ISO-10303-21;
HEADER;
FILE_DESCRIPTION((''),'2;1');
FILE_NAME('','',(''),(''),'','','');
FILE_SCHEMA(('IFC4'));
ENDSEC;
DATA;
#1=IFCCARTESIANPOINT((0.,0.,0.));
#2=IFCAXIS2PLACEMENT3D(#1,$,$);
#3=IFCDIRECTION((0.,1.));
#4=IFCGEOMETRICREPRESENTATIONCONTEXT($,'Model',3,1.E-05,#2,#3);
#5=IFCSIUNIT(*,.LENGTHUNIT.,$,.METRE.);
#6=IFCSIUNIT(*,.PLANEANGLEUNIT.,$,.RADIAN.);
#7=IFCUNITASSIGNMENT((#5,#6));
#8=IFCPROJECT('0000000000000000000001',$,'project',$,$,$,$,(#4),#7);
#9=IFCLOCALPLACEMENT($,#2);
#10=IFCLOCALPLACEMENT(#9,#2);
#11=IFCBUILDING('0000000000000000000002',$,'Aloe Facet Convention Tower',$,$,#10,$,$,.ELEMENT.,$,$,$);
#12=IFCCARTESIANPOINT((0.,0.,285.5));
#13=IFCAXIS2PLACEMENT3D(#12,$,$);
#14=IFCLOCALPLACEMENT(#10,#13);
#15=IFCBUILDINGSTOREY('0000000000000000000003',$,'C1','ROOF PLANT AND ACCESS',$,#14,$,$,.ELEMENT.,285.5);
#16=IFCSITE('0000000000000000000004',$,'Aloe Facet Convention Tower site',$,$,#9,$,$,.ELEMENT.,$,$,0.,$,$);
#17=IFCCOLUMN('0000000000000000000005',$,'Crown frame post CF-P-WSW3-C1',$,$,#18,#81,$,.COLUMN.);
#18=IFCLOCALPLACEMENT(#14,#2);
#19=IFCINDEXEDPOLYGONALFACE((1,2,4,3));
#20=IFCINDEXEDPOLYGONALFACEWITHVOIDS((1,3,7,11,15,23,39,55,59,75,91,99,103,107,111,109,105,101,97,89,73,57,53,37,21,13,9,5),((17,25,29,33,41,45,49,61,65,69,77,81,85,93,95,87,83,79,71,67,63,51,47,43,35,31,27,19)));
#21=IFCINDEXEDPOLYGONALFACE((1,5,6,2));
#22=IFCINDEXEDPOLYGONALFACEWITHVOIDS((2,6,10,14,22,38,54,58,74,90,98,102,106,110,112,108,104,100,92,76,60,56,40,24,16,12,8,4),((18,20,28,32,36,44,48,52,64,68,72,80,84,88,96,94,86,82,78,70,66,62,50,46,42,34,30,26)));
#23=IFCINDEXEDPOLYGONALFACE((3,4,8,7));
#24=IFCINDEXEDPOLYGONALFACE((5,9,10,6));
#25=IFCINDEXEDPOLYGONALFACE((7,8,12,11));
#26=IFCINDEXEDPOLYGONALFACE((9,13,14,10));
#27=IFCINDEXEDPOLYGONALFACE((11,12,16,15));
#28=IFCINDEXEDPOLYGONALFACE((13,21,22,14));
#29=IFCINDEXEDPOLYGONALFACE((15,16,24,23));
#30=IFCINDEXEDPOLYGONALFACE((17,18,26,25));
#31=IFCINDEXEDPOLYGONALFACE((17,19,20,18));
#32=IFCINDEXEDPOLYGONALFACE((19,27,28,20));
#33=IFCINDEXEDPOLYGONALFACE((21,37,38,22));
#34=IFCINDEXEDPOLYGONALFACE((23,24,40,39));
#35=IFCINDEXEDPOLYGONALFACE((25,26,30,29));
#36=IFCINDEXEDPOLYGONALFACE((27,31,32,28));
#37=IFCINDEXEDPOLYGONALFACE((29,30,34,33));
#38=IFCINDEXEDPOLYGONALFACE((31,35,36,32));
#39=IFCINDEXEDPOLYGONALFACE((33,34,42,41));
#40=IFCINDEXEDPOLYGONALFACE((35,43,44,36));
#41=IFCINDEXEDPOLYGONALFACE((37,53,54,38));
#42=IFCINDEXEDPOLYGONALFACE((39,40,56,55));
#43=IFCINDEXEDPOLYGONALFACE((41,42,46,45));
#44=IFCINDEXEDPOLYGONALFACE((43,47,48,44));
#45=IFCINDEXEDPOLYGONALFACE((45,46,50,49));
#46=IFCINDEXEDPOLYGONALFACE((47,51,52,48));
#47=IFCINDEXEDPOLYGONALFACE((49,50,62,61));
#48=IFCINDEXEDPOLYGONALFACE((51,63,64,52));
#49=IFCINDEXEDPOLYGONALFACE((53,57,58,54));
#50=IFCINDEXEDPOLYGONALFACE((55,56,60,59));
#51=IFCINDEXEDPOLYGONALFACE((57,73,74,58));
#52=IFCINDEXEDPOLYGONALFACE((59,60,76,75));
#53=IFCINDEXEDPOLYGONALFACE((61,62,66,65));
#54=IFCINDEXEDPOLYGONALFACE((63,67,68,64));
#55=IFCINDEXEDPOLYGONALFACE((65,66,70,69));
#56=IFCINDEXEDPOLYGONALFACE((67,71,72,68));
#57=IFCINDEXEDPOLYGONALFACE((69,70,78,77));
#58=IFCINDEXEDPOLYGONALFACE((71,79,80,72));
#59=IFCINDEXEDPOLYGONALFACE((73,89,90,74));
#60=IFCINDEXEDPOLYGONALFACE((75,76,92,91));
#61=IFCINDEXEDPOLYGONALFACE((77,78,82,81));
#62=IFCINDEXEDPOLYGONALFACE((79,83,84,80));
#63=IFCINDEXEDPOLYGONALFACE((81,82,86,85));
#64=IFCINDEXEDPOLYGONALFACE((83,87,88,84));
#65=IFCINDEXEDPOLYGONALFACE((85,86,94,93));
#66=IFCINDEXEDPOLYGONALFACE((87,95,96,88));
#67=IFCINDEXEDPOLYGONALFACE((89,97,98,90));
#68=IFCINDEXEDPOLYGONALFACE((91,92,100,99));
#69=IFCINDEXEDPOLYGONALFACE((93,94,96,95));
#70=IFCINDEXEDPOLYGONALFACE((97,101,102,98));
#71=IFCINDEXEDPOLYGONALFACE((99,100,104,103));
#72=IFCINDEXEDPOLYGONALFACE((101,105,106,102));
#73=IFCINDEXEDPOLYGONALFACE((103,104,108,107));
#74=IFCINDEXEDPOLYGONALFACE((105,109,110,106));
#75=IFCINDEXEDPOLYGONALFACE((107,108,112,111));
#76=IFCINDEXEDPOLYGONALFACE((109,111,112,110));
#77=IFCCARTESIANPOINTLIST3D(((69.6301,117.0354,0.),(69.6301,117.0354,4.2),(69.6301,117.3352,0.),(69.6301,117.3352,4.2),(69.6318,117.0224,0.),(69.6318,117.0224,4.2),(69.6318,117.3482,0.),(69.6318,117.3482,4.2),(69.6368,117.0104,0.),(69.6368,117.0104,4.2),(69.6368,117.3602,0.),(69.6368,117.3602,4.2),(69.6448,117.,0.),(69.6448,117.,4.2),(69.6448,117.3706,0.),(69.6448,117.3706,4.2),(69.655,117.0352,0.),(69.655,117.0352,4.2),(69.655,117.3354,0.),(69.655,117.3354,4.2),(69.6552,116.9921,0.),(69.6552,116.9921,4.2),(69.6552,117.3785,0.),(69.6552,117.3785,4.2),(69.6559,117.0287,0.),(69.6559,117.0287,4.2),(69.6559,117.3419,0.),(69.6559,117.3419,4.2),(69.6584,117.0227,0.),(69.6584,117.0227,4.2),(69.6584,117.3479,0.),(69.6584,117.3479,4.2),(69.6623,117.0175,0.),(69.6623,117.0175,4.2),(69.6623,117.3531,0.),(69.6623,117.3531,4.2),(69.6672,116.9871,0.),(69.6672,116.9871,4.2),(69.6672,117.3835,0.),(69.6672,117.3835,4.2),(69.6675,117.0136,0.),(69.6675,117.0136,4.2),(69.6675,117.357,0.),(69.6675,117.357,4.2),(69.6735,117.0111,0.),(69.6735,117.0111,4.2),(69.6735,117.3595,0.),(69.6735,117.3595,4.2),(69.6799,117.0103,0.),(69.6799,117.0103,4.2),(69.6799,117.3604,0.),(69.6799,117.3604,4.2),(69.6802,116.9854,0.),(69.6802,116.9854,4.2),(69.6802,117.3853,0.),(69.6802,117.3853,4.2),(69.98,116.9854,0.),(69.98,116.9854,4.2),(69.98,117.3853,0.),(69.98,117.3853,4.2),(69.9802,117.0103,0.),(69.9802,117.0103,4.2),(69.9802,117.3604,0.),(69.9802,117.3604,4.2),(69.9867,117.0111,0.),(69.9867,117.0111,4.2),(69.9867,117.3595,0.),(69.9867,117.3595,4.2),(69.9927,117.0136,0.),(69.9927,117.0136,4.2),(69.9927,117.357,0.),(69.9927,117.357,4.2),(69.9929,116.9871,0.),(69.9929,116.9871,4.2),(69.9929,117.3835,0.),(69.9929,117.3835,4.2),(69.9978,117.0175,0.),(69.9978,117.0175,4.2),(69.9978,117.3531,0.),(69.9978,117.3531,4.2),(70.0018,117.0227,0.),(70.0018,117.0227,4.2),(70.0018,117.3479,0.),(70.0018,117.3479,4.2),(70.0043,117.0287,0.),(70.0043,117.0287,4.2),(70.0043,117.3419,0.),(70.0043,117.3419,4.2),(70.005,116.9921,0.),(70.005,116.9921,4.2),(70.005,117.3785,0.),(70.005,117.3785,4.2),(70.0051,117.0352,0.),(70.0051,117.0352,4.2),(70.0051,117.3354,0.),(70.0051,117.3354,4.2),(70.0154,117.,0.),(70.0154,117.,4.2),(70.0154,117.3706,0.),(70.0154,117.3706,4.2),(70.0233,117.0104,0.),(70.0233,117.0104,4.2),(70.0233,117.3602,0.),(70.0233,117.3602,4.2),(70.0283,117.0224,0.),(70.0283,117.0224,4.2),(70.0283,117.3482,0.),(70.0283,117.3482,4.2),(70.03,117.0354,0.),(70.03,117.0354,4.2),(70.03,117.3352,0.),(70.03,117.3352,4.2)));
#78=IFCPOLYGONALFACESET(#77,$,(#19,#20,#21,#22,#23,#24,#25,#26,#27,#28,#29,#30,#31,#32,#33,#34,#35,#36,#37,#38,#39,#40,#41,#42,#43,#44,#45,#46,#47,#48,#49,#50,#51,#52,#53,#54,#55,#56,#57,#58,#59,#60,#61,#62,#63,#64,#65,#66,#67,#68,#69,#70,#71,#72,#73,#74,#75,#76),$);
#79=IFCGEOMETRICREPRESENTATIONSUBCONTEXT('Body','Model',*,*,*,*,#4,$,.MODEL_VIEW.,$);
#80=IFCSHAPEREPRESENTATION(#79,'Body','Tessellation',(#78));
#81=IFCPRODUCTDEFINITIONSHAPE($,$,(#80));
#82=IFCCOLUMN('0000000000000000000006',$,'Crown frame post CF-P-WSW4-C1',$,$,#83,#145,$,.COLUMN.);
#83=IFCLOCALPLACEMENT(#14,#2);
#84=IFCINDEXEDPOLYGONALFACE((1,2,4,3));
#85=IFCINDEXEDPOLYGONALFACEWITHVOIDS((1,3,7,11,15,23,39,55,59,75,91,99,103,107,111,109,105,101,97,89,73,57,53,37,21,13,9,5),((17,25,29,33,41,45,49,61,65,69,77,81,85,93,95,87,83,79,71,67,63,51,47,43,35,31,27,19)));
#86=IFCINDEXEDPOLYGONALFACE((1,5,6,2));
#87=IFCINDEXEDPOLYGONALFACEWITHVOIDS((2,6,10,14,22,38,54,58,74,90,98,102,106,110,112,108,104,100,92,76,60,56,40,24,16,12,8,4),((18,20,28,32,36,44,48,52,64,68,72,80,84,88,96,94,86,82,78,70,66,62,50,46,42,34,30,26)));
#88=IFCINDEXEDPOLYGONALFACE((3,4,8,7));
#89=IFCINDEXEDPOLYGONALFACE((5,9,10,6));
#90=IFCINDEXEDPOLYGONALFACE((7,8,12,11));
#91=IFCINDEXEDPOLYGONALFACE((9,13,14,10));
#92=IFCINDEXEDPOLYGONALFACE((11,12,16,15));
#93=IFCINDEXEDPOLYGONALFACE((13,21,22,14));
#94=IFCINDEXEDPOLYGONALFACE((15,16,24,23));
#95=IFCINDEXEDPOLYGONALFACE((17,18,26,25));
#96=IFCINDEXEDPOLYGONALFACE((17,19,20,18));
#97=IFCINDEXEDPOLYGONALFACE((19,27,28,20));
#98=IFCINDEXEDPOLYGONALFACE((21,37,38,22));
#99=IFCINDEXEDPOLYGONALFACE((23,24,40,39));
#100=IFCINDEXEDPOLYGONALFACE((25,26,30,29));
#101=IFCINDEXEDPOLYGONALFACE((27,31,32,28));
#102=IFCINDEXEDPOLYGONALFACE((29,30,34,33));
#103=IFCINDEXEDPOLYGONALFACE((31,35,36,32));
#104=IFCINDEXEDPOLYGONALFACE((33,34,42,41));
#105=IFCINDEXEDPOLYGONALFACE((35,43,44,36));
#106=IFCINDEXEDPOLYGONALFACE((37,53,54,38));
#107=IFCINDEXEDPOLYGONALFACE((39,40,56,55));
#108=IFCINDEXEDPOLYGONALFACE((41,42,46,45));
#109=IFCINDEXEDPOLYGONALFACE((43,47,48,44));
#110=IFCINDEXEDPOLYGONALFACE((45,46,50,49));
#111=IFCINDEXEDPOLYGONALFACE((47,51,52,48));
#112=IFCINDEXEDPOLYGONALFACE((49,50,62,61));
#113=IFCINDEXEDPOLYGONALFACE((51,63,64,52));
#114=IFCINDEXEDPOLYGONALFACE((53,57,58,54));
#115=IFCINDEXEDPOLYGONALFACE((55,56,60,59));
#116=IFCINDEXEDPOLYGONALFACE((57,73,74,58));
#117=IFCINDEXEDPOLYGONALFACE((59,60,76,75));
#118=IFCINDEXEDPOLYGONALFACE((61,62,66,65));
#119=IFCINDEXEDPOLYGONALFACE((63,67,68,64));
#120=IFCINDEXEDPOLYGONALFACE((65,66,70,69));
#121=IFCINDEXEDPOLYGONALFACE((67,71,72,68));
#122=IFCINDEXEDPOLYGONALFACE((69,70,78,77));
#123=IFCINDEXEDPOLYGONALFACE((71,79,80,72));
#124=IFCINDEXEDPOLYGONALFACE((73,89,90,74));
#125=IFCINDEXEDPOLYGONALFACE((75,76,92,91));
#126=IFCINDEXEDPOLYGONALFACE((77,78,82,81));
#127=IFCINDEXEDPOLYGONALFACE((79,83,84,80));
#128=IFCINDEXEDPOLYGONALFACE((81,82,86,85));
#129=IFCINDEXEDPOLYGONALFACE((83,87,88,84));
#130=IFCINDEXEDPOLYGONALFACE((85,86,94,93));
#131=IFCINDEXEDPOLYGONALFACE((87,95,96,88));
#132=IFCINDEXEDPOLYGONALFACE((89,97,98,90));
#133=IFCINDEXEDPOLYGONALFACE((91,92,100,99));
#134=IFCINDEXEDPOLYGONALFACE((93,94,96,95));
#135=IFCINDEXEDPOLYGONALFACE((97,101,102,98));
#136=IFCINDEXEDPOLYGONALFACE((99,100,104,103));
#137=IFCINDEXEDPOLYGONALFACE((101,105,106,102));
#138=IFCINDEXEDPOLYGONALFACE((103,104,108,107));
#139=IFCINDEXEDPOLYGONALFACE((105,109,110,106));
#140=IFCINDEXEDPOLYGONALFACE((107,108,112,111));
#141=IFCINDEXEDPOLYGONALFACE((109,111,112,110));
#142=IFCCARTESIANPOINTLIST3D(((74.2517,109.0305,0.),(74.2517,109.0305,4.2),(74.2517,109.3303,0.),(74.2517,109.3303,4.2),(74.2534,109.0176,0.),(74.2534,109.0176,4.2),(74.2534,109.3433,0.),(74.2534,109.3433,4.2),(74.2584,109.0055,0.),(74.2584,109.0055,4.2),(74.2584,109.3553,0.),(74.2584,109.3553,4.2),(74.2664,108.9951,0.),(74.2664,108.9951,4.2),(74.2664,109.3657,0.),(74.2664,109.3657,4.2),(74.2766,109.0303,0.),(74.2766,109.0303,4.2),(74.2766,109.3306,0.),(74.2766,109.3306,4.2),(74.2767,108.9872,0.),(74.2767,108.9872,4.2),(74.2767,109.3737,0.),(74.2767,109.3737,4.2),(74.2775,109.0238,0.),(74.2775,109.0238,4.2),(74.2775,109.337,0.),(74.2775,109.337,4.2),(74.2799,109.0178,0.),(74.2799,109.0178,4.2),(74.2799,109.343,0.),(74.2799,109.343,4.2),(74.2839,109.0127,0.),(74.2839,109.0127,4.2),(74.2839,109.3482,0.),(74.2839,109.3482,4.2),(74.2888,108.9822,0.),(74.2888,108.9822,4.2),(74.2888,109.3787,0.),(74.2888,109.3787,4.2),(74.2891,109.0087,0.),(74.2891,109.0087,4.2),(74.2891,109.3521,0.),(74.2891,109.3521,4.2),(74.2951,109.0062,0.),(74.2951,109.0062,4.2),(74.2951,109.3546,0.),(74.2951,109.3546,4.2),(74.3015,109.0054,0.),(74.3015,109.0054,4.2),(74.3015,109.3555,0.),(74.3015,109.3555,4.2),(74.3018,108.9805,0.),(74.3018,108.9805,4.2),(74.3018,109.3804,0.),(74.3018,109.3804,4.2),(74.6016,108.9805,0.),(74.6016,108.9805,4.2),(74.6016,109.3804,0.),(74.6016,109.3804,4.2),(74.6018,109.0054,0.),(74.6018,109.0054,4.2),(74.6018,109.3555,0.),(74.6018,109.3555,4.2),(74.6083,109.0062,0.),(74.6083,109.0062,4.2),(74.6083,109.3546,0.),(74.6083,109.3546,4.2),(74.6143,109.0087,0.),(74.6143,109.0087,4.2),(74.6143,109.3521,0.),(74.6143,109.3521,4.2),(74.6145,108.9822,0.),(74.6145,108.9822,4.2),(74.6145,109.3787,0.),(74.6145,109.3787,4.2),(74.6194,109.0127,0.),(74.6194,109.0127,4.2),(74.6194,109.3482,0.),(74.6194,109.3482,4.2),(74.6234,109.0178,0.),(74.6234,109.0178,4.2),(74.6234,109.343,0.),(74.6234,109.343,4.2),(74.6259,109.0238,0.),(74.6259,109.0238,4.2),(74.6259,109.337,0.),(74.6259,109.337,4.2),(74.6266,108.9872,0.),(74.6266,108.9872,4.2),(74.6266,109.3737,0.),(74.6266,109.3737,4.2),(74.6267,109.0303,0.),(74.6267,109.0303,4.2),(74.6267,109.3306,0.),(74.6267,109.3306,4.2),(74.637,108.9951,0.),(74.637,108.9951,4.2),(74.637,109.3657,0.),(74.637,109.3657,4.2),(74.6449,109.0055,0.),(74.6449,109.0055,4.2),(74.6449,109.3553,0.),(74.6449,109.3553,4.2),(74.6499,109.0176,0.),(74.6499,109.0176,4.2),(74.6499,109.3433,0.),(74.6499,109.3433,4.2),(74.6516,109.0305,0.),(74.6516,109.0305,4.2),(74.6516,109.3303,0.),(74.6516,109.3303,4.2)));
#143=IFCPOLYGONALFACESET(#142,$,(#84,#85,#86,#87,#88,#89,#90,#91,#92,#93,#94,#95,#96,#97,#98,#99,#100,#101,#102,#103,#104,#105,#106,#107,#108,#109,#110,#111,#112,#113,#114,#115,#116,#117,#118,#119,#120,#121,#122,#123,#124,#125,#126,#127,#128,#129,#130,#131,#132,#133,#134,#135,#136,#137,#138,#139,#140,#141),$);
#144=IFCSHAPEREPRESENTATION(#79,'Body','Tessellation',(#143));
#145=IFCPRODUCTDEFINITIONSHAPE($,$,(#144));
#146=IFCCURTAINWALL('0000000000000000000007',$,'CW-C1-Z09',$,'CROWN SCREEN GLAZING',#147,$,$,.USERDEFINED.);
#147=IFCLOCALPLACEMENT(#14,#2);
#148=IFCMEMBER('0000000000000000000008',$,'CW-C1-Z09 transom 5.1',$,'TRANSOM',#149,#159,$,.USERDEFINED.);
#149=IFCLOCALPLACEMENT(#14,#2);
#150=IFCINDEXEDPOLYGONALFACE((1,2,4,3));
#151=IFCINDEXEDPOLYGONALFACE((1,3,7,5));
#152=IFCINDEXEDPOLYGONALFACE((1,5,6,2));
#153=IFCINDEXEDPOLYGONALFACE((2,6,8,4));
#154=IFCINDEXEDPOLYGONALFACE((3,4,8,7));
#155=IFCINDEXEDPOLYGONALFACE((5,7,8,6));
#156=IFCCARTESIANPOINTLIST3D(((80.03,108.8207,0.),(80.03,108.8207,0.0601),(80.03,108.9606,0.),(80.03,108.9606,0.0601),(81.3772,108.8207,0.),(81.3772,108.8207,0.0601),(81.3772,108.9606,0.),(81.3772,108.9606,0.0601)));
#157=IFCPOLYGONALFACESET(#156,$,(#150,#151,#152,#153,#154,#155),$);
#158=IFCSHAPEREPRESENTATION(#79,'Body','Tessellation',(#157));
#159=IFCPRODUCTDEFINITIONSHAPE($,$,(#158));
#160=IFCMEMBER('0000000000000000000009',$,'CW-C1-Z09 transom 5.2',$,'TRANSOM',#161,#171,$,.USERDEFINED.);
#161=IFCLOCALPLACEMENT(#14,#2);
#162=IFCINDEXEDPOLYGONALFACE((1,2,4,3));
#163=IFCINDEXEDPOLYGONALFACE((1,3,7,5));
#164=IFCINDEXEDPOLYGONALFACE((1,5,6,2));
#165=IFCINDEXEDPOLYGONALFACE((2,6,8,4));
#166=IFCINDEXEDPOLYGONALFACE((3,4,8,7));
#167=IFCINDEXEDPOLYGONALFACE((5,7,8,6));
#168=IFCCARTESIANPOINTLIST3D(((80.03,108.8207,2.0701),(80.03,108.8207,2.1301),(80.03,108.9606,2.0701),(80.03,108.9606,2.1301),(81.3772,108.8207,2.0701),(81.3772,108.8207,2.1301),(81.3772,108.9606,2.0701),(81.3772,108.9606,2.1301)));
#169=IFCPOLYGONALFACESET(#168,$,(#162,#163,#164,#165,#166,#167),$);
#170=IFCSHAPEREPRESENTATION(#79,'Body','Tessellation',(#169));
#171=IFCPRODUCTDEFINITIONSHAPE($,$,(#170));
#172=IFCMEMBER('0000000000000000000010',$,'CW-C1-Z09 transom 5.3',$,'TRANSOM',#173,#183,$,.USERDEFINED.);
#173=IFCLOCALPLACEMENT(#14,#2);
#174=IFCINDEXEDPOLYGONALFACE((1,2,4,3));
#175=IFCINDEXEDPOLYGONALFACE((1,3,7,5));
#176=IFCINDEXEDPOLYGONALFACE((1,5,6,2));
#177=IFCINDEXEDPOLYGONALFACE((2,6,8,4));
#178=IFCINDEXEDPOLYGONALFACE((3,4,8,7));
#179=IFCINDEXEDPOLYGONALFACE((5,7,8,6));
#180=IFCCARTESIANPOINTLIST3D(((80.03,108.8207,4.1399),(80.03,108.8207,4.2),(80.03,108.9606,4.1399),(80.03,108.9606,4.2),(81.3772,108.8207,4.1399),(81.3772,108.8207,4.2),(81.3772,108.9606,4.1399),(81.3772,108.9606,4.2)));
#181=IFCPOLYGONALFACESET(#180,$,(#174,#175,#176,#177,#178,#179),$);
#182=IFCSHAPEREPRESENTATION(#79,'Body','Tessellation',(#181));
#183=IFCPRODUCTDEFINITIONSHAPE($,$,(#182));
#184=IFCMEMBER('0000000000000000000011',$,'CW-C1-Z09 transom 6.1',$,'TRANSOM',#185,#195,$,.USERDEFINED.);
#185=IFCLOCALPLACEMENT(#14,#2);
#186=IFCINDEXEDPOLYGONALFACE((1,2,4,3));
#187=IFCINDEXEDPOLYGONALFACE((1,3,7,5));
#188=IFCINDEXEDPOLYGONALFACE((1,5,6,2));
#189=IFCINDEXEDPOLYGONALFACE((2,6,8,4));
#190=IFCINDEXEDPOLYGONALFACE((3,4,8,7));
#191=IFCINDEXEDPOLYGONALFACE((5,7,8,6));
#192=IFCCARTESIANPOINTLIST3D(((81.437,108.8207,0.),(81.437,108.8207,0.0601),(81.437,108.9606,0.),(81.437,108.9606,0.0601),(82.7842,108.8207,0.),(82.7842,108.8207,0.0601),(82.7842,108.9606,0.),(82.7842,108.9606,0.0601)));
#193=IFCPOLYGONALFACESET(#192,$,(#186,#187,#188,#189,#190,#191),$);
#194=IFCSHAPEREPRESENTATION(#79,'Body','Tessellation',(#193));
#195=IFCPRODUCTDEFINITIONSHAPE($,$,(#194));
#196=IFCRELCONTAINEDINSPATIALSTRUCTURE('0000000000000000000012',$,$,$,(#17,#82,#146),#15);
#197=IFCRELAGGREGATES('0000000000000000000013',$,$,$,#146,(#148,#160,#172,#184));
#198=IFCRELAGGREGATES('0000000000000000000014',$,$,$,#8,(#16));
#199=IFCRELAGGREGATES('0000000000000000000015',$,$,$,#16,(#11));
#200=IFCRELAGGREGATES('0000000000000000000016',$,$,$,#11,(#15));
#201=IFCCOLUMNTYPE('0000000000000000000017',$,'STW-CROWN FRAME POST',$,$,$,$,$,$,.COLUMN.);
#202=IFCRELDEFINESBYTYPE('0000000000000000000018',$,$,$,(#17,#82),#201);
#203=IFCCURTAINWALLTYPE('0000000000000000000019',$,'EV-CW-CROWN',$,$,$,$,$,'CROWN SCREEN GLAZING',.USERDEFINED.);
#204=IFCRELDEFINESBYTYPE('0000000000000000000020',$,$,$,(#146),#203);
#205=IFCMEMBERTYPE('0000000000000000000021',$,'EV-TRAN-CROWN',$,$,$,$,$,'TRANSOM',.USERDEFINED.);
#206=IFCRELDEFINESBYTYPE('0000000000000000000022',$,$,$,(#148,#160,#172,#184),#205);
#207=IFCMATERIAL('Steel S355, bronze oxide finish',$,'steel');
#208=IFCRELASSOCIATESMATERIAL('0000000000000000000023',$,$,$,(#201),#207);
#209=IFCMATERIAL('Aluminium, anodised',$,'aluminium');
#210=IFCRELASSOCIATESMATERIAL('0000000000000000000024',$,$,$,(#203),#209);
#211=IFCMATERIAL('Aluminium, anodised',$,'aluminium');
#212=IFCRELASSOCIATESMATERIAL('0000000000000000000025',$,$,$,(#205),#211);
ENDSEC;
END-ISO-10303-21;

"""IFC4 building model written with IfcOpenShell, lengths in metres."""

from ifc_helpers import new_model, si_unit, direction, frame, origin, origin_2d, place, context, subcontext, project, spatial, rectangle, hollow_rectangle, extrude, material, material_profile, profile_set, type_object, element, aggregate, save


model = new_model("IFC4")

# Units and contexts
model_context = context("Model", 3, precision=1e-05, world=origin(), true_north=direction((0.0, 1.0)))
body_context = subcontext(model_context, "Body", "Model", "MODEL_VIEW")
ifc_project = project(units=[si_unit("LENGTHUNIT", "METRE"), si_unit("PLANEANGLEUNIT", "RADIAN")], contexts=[model_context])

# Site, building, storey
site_placement = place(None, origin())
site = spatial("IfcSite", under=ifc_project, at=site_placement, Name="Aloe Facet Convention Tower site", CompositionType="ELEMENT", RefElevation=0.0)
building_placement = place(site_placement, origin())
building = spatial("IfcBuilding", under=site, at=building_placement, Name="Aloe Facet Convention Tower", CompositionType="ELEMENT")
storey_placement = place(building_placement, frame((0.0, 0.0, 285.5)))
storey = spatial("IfcBuildingStorey", under=building, at=storey_placement, Name="C1", Description="ROOF PLANT AND ACCESS", CompositionType="ELEMENT", Elevation=285.5)

# Columns
ifc_material_1 = material(Name="Steel S355, bronze oxide finish", Category="steel")
ifc_material_profile_1 = material_profile(ifc_material_1, hollow_rectangle(XDim=0.3999, YDim=0.3999, WallThickness=0.0249, InnerFilletRadius=0.0249, OuterFilletRadius=0.05, at=origin_2d()), Name="SHS 400x400x25")
ifc_profile_set_1 = profile_set([ifc_material_profile_1], Name="Steel S355, bronze oxide finish")
column_type = type_object("IfcColumnType", Name="STW-CROWN FRAME POST", PredefinedType="COLUMN", material=ifc_profile_set_1)
for number, where, z_axis, x_axis, name in (
    (1, (69.8301, 117.1853, 0.0), (0.0, 0.0, 1.0), (1.0, 0.0, 0.0), "Crown frame post CF-P-WSW3-C1"),
    (2, (74.4517, 109.1804, 0.0), (0.0, 0.0, 1.0), (1.0, 0.0, 0.0), "Crown frame post CF-P-WSW4-C1"),
):
    element("IfcColumn", number, at=place(storey_placement, frame(where, z_axis=z_axis, x_axis=x_axis)), inside=storey, type_object=column_type, Name=name, PredefinedType="COLUMN", context=body_context, shape_type="SweptSolid", body=[
        extrude(hollow_rectangle(XDim=0.3999, YDim=0.3999, WallThickness=0.0249, InnerFilletRadius=0.0249, OuterFilletRadius=0.05, at=origin_2d()), origin(), (0.0, 0.0, 1.0), 4.2),
    ])

# Curtain wall, members
ifc_material_2 = material(Name="Aluminium, anodised", Category="aluminium")
curtain_wall_type = type_object("IfcCurtainWallType", Name="EV-CW-CROWN", ElementType="CROWN SCREEN GLAZING", PredefinedType="USERDEFINED", material=ifc_material_2)
curtain_wall_placement = place(storey_placement, origin())
curtain_wall = element("IfcCurtainWall", 3, at=curtain_wall_placement, inside=storey, type_object=curtain_wall_type, Name="CW-C1-Z09", ObjectType="CROWN SCREEN GLAZING", PredefinedType="USERDEFINED")
ifc_material_3 = material(Name="Aluminium, anodised", Category="aluminium")
ifc_material_profile_2 = material_profile(ifc_material_3, rectangle(XDim=0.1399, YDim=0.0601, at=origin_2d()), Name="AL 140x60")
ifc_profile_set_2 = profile_set([ifc_material_profile_2], Name="Aluminium, anodised")
member_type_1 = type_object("IfcMemberType", Name="EV-TRAN-CROWN", ElementType="TRANSOM", PredefinedType="USERDEFINED", material=ifc_profile_set_2)
member_1_placement = place(storey_placement, frame((80.03, 108.8906, 0.03), z_axis=(1.0, 0.0, 0.0), x_axis=(0.0, 1.0, 0.0)))
member_1 = element("IfcMember", 4, at=member_1_placement, type_object=member_type_1, Name="CW-C1-Z09 transom 5.1", ObjectType="TRANSOM", PredefinedType="USERDEFINED", context=body_context, shape_type="SweptSolid", body=[
    extrude(rectangle(XDim=0.1399, YDim=0.0601, at=origin_2d()), origin(), (0.0, 0.0, 1.0), 1.3472),
])
member_2_placement = place(storey_placement, frame((80.03, 108.8906, 2.1001), z_axis=(1.0, 0.0, 0.0), x_axis=(0.0, 1.0, 0.0)))
member_2 = element("IfcMember", 5, at=member_2_placement, type_object=member_type_1, Name="CW-C1-Z09 transom 5.2", ObjectType="TRANSOM", PredefinedType="USERDEFINED", context=body_context, shape_type="SweptSolid", body=[
    extrude(rectangle(XDim=0.1399, YDim=0.0601, at=origin_2d()), origin(), (0.0, 0.0, 1.0), 1.3472),
])
member_3_placement = place(storey_placement, frame((80.03, 108.8906, 4.1699), z_axis=(1.0, 0.0, 0.0), x_axis=(0.0, 1.0, 0.0)))
member_3 = element("IfcMember", 6, at=member_3_placement, type_object=member_type_1, Name="CW-C1-Z09 transom 5.3", ObjectType="TRANSOM", PredefinedType="USERDEFINED", context=body_context, shape_type="SweptSolid", body=[
    extrude(rectangle(XDim=0.1399, YDim=0.0601, at=origin_2d()), origin(), (0.0, 0.0, 1.0), 1.3472),
])
member_4_placement = place(storey_placement, frame((81.437, 108.8906, 0.03), z_axis=(1.0, 0.0, 0.0), x_axis=(0.0, 1.0, 0.0)))
member_4 = element("IfcMember", 7, at=member_4_placement, type_object=member_type_1, Name="CW-C1-Z09 transom 6.1", ObjectType="TRANSOM", PredefinedType="USERDEFINED", context=body_context, shape_type="SweptSolid", body=[
    extrude(rectangle(XDim=0.1399, YDim=0.0601, at=origin_2d()), origin(), (0.0, 0.0, 1.0), 1.3472),
])

aggregate(curtain_wall, [member_1, member_2, member_3, member_4])

save(model, "model.ifc")
